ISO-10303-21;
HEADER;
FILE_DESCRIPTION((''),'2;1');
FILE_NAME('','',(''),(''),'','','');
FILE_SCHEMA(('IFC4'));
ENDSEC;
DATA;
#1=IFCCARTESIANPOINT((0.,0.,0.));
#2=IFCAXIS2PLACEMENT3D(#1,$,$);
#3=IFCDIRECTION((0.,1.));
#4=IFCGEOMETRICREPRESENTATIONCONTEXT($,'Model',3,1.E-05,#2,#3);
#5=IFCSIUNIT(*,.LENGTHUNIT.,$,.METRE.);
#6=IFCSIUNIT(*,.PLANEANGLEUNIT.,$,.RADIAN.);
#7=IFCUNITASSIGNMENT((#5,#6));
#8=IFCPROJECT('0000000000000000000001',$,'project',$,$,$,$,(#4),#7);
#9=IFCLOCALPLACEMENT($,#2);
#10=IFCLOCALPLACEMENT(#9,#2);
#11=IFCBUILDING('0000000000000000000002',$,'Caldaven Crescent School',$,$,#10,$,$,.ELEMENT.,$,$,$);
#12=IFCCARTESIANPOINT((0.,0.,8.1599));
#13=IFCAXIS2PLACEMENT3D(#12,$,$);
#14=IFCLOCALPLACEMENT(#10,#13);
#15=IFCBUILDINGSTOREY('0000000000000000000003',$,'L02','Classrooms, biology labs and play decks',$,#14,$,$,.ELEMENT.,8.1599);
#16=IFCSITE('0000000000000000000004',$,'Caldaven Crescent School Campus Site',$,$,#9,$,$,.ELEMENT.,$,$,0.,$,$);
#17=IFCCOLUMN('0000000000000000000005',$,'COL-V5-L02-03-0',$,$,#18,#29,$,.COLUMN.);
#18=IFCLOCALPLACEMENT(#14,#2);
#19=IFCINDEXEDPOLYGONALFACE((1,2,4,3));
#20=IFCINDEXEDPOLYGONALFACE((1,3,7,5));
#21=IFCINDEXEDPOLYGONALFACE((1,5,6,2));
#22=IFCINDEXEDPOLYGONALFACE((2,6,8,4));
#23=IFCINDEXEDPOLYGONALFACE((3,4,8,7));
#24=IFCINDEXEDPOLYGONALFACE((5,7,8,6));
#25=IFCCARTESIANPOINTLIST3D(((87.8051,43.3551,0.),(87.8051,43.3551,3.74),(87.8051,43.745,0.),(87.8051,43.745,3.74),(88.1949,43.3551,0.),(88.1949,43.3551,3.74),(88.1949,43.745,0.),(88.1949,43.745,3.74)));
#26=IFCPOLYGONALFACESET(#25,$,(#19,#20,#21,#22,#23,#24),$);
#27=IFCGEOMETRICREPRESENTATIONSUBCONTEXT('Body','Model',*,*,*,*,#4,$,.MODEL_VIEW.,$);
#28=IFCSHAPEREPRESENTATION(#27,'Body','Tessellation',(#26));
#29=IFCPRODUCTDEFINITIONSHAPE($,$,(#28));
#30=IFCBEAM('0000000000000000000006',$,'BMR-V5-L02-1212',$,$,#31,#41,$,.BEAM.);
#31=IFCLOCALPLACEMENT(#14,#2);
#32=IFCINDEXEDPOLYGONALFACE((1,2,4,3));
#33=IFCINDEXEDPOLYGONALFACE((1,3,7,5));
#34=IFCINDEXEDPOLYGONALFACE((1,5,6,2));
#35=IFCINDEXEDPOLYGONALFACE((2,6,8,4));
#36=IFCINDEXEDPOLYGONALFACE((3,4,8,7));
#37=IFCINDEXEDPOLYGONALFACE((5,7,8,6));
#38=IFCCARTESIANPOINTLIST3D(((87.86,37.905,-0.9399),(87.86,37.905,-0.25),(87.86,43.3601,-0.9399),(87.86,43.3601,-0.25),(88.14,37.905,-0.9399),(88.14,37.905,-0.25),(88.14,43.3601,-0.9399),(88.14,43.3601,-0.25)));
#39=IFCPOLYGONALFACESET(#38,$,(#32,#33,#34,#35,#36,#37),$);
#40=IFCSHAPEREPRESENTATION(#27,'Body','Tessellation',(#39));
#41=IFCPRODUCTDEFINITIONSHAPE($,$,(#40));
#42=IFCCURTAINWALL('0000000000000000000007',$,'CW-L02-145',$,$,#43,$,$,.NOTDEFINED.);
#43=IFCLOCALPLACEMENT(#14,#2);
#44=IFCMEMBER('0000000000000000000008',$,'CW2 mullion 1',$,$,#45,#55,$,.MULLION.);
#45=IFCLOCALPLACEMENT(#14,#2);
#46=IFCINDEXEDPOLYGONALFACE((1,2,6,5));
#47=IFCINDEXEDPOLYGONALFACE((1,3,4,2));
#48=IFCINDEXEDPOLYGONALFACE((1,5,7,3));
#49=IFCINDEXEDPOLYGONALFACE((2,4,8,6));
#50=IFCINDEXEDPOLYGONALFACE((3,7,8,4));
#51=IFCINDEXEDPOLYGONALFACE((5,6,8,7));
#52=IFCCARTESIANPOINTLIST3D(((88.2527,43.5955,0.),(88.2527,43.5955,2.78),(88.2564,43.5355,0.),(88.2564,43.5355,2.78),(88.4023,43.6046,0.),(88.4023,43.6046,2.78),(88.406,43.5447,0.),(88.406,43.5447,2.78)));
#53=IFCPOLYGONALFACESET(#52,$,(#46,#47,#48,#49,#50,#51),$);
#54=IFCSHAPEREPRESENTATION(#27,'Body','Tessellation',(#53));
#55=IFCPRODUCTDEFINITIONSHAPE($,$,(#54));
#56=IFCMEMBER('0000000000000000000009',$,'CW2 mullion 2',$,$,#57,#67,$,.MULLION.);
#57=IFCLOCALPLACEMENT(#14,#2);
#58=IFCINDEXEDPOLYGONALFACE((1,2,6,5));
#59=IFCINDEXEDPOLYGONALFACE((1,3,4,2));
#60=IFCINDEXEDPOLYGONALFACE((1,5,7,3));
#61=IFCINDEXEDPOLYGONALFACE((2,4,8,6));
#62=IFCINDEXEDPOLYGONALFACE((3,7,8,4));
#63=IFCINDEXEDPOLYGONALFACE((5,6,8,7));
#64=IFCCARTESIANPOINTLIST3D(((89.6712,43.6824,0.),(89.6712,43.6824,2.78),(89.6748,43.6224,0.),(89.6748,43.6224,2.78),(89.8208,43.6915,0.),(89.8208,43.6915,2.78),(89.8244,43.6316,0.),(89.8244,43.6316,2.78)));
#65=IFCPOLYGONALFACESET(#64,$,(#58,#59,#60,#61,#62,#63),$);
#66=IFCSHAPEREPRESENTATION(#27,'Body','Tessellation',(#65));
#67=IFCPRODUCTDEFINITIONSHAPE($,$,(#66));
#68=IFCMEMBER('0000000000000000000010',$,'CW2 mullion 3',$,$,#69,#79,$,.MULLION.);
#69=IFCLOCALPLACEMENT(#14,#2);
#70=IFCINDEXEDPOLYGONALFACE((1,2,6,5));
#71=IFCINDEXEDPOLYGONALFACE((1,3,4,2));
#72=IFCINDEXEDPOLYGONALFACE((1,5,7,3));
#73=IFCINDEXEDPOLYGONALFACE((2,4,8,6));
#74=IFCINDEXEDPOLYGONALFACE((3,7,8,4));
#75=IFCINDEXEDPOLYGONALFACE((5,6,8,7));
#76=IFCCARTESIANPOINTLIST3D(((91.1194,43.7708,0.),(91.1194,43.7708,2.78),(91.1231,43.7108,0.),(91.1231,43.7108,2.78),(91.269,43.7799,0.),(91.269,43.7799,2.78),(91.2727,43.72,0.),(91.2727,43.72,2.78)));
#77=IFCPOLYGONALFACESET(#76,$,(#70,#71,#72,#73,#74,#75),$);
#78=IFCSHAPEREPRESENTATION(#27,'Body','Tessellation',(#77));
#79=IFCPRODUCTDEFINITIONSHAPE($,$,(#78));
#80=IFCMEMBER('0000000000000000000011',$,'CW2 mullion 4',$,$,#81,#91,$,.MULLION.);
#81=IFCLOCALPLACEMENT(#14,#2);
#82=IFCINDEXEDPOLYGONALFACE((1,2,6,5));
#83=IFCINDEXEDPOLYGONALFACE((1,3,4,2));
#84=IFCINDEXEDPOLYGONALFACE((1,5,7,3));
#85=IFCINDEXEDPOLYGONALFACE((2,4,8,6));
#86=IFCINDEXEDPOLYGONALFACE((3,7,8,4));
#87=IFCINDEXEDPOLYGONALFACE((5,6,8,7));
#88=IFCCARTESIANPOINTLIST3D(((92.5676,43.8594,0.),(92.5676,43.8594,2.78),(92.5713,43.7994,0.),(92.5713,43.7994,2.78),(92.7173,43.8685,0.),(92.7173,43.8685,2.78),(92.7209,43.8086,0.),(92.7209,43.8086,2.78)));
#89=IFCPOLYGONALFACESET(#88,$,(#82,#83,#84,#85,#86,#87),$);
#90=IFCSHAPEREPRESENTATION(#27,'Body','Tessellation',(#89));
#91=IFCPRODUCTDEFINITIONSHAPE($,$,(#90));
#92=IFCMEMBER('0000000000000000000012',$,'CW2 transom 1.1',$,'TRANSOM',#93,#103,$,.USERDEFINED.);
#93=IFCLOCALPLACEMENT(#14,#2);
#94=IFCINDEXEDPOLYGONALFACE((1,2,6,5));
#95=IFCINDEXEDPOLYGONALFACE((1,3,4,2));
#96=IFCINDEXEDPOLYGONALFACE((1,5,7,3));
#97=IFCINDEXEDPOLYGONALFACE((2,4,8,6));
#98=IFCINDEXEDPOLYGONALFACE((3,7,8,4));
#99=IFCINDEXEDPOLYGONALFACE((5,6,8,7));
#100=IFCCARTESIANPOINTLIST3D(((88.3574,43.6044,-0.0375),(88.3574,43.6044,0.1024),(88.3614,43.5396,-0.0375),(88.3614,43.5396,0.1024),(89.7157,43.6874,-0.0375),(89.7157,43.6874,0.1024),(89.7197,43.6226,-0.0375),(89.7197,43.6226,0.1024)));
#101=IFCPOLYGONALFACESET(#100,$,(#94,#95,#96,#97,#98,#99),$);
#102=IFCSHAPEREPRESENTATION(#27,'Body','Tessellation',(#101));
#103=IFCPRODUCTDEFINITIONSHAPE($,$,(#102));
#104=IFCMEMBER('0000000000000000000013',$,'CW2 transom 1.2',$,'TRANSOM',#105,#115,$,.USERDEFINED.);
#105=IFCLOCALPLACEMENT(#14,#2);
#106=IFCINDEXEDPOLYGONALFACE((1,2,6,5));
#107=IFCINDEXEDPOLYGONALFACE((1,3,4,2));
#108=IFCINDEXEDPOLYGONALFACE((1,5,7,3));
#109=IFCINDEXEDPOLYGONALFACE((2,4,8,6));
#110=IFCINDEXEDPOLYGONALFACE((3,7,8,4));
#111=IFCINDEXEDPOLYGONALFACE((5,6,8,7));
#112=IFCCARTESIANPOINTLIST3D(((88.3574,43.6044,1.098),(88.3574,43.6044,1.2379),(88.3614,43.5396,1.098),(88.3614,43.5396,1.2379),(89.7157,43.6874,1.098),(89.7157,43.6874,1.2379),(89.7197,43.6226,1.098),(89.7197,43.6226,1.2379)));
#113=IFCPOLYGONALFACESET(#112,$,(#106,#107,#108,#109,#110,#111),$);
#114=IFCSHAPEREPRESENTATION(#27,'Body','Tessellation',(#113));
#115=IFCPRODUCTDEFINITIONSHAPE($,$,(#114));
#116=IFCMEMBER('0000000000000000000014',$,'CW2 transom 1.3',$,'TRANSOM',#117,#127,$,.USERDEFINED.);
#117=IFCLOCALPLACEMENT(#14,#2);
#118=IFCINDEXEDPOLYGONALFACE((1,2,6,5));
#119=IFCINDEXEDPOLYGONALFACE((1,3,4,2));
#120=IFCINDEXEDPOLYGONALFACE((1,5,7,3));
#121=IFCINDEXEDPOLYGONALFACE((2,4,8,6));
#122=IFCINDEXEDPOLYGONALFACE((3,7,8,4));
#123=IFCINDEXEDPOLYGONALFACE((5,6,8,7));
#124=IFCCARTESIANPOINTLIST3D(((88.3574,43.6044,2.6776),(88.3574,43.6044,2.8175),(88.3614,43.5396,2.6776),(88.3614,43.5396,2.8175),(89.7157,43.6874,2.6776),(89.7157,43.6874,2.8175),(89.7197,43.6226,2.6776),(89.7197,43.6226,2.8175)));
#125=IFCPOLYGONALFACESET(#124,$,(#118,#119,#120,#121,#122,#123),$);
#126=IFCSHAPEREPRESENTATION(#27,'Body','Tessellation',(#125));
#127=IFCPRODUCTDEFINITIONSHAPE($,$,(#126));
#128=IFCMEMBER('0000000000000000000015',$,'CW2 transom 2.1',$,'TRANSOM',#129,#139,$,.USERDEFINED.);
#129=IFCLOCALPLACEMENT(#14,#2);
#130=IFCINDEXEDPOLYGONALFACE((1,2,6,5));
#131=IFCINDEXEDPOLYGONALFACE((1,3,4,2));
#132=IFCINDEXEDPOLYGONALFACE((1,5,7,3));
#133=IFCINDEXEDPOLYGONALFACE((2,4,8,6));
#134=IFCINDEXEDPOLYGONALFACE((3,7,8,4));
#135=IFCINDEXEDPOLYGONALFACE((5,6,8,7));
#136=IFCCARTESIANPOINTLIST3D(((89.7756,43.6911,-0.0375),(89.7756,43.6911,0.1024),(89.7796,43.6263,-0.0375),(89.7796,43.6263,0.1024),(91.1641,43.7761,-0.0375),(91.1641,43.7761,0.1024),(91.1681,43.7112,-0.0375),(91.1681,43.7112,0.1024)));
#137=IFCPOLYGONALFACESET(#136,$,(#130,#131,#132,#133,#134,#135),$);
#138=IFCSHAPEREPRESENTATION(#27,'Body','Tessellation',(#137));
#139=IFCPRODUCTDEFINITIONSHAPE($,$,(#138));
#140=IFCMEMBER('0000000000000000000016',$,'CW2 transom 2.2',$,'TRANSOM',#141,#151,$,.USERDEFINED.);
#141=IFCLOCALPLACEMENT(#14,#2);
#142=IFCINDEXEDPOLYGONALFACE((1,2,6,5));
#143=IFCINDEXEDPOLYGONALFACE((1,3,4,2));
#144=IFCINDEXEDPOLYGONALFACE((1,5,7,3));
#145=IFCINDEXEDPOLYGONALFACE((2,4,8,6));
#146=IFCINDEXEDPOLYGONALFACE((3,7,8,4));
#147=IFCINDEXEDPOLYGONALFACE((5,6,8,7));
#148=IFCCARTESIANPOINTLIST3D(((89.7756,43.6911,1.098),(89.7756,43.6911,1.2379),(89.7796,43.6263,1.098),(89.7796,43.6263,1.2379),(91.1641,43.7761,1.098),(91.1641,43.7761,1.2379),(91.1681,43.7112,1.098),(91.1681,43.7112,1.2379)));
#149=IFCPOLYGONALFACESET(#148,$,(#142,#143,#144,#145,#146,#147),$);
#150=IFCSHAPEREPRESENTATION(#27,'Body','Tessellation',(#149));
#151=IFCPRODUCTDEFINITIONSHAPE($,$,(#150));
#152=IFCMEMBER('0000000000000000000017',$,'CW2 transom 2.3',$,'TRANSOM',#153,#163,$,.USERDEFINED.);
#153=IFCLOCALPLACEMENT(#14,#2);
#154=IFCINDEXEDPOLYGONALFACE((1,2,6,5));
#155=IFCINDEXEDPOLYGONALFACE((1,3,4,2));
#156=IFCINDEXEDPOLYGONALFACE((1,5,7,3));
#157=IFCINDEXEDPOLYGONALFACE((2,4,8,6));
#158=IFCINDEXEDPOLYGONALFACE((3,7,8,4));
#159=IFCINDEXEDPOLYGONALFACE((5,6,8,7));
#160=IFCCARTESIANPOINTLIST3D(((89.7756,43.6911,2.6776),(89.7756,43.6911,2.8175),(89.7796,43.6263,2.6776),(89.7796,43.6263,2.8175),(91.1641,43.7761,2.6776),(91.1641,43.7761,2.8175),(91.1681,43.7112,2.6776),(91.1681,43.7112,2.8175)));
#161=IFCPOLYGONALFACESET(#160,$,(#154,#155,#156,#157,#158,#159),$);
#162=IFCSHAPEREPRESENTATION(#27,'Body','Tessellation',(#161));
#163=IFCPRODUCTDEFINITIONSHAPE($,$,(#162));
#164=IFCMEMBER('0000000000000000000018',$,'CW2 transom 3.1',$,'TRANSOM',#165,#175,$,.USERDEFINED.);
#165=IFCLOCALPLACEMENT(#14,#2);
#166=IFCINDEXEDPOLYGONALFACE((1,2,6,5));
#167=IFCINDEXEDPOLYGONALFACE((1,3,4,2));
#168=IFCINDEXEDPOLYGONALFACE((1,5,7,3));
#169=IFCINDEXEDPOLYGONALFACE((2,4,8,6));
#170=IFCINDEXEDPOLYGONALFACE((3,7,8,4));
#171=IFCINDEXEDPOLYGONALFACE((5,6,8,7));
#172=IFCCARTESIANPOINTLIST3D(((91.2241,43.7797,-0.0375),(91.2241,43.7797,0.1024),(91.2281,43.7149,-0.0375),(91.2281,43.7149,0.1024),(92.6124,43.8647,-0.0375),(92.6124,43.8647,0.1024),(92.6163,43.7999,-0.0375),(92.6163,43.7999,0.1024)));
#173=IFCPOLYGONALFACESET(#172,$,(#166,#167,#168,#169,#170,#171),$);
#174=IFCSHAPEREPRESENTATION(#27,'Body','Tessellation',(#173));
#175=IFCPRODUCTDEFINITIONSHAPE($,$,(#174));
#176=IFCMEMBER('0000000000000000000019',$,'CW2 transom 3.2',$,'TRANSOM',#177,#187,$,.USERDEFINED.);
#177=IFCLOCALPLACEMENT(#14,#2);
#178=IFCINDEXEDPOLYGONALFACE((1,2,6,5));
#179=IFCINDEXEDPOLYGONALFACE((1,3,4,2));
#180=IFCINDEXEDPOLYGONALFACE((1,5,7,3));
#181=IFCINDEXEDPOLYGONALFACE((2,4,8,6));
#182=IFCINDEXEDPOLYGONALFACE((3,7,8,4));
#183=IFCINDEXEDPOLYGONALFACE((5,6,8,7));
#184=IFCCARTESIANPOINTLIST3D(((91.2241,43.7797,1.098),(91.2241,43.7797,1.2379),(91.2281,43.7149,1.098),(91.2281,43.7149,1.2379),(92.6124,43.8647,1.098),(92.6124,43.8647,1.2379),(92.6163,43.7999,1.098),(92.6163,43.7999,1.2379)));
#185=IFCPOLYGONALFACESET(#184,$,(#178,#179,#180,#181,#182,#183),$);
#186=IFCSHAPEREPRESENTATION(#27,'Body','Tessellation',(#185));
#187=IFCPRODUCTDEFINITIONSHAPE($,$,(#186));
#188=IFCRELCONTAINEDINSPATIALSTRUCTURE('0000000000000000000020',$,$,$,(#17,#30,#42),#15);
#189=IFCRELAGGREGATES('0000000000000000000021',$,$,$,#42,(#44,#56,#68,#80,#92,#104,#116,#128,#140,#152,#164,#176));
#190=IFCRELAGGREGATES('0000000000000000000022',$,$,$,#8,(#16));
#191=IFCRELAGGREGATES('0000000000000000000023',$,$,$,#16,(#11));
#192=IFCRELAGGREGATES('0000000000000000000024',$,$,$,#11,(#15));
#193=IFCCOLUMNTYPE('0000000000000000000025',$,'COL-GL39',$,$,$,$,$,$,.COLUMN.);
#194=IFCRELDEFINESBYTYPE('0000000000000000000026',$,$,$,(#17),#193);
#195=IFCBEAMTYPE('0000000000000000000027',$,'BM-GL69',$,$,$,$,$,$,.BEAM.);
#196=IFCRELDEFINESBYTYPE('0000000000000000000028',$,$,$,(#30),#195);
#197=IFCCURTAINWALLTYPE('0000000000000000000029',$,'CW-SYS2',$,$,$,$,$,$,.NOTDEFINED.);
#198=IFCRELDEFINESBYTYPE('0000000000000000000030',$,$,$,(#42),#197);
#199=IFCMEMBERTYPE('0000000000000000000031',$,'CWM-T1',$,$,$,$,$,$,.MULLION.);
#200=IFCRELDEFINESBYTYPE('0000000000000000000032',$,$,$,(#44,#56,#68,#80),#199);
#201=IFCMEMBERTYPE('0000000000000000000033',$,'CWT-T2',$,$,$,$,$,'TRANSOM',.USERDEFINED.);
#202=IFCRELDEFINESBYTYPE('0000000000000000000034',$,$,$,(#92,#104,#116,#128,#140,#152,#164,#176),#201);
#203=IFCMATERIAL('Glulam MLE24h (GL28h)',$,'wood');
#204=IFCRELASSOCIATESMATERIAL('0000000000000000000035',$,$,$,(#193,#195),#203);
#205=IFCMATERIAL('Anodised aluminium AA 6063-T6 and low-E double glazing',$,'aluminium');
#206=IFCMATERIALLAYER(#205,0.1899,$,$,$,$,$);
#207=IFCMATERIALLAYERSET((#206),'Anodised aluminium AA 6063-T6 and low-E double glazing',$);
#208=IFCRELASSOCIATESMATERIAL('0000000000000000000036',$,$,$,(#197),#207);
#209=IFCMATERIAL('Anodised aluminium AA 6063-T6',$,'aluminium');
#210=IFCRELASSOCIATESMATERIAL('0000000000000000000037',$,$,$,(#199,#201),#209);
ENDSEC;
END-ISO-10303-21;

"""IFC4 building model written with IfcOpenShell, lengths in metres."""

from ifc_helpers import new_model, si_unit, direction, frame, origin, origin_2d, place, context, subcontext, project, spatial, rectangle, extrude, material, layer, layer_set, material_profile, profile_set, type_object, element, aggregate, save


model = new_model("IFC4")

# Units and contexts
model_context = context("Model", 3, precision=1e-05, world=origin(), true_north=direction((0.0, 1.0)))
body_context = subcontext(model_context, "Body", "Model", "MODEL_VIEW")
ifc_project = project(units=[si_unit("LENGTHUNIT", "METRE"), si_unit("PLANEANGLEUNIT", "RADIAN")], contexts=[model_context])

# Site, building, storey
site_placement = place(None, origin())
site = spatial("IfcSite", under=ifc_project, at=site_placement, Name="Caldaven Crescent School Campus Site", CompositionType="ELEMENT", RefElevation=0.0)
building_placement = place(site_placement, origin())
building = spatial("IfcBuilding", under=site, at=building_placement, Name="Caldaven Crescent School", CompositionType="ELEMENT")
storey_placement = place(building_placement, frame((0.0, 0.0, 8.1599)))
storey = spatial("IfcBuildingStorey", under=building, at=storey_placement, Name="L02", Description="Classrooms, biology labs and play decks", CompositionType="ELEMENT", Elevation=8.1599)

# Column
ifc_material_1 = material(Name="Glulam MLE24h (GL28h)", Category="wood")
ifc_material_profile_1 = material_profile(ifc_material_1, rectangle(XDim=0.3899, YDim=0.3899, at=origin_2d()), Name="MLE 390x390")
ifc_profile_set_1 = profile_set([ifc_material_profile_1], Name="Glulam MLE24h (GL28h)")
column_type = type_object("IfcColumnType", Name="COL-GL39", PredefinedType="COLUMN", material=ifc_profile_set_1)
column_placement = place(storey_placement, frame((88.0, 43.55, 0.0), z_axis=(0.0, 0.0, 1.0), x_axis=(0.0, -1.0, 0.0)))
element("IfcColumn", 1, at=column_placement, inside=storey, type_object=column_type, Name="COL-V5-L02-03-0", PredefinedType="COLUMN", context=body_context, shape_type="SweptSolid", body=[
    extrude(rectangle(XDim=0.3899, YDim=0.3899, at=origin_2d()), origin(), (0.0, 0.0, 1.0), 3.74),
])

# Beam
ifc_material_profile_2 = material_profile(ifc_material_1, rectangle(XDim=0.28, YDim=0.6899, at=origin_2d()), Name="MLE 280x690")
ifc_profile_set_2 = profile_set([ifc_material_profile_2], Name="Glulam MLE24h (GL28h)")
beam_type_1 = type_object("IfcBeamType", Name="BM-GL69", PredefinedType="BEAM", material=ifc_profile_set_2)
beam_1_placement = place(storey_placement, frame((88.0, 43.3601, -0.595), z_axis=(0.0, -1.0, 0.0), x_axis=(1.0, 0.0, 0.0)))
element("IfcBeam", 2, at=beam_1_placement, inside=storey, type_object=beam_type_1, Name="BMR-V5-L02-1212", PredefinedType="BEAM", context=body_context, shape_type="SweptSolid", body=[
    extrude(rectangle(XDim=0.28, YDim=0.6899, at=origin_2d()), origin(), (0.0, 0.0, 1.0), 5.4551),
])

# Curtain wall, members
ifc_material_2 = material(Name="Anodised aluminium AA 6063-T6 and low-E double glazing", Category="aluminium")
ifc_layer_1 = layer(ifc_material_2, 0.1899)
ifc_layer_set_1 = layer_set([ifc_layer_1], Name="Anodised aluminium AA 6063-T6 and low-E double glazing")
curtain_wall_type = type_object("IfcCurtainWallType", Name="CW-SYS2", PredefinedType="NOTDEFINED", material=ifc_layer_set_1)
curtain_wall_placement = place(storey_placement, origin())
curtain_wall = element("IfcCurtainWall", 3, at=curtain_wall_placement, inside=storey, type_object=curtain_wall_type, Name="CW-L02-145", PredefinedType="NOTDEFINED")
ifc_material_3 = material(Name="Anodised aluminium AA 6063-T6", Category="aluminium")
ifc_material_profile_3 = material_profile(ifc_material_3, rectangle(XDim=0.0601, YDim=0.1499, at=origin_2d()), Name="CWM 60x150")
ifc_profile_set_3 = profile_set([ifc_material_profile_3], Name="Anodised aluminium AA 6063-T6")
member_type_1 = type_object("IfcMemberType", Name="CWM-T1", PredefinedType="MULLION", material=ifc_profile_set_3)
member_1_placement = place(storey_placement, frame((88.3293, 43.5701, 0.0), z_axis=(0.0, 0.0, 1.0), x_axis=(-0.061049, 0.998135, 0.0)))
member_1 = element("IfcMember", 4, at=member_1_placement, type_object=member_type_1, Name="CW2 mullion 1", PredefinedType="MULLION", context=body_context, shape_type="SweptSolid", body=[
    extrude(rectangle(XDim=0.0601, YDim=0.1499, at=origin_2d()), origin(), (0.0, 0.0, 1.0), 2.78),
])
member_2_placement = place(storey_placement, frame((89.7478, 43.657, 0.0), z_axis=(0.0, 0.0, 1.0), x_axis=(-0.061049, 0.998135, 0.0)))
member_2 = element("IfcMember", 5, at=member_2_placement, type_object=member_type_1, Name="CW2 mullion 2", PredefinedType="MULLION", context=body_context, shape_type="SweptSolid", body=[
    extrude(rectangle(XDim=0.0601, YDim=0.1499, at=origin_2d()), origin(), (0.0, 0.0, 1.0), 2.78),
])
member_3_placement = place(storey_placement, frame((91.196, 43.7454, 0.0), z_axis=(0.0, 0.0, 1.0), x_axis=(-0.061049, 0.998135, 0.0)))
member_3 = element("IfcMember", 6, at=member_3_placement, type_object=member_type_1, Name="CW2 mullion 3", PredefinedType="MULLION", context=body_context, shape_type="SweptSolid", body=[
    extrude(rectangle(XDim=0.0601, YDim=0.1499, at=origin_2d()), origin(), (0.0, 0.0, 1.0), 2.78),
])
member_4_placement = place(storey_placement, frame((92.6443, 43.834, 0.0), z_axis=(0.0, 0.0, 1.0), x_axis=(-0.061049, 0.998135, 0.0)))
member_4 = element("IfcMember", 7, at=member_4_placement, type_object=member_type_1, Name="CW2 mullion 4", PredefinedType="MULLION", context=body_context, shape_type="SweptSolid", body=[
    extrude(rectangle(XDim=0.0601, YDim=0.1499, at=origin_2d()), origin(), (0.0, 0.0, 1.0), 2.78),
])
ifc_material_profile_4 = material_profile(ifc_material_3, rectangle(XDim=0.0649, YDim=0.1399, at=origin_2d()), Name="CWT 65x140")
ifc_profile_set_4 = profile_set([ifc_material_profile_4], Name="Anodised aluminium AA 6063-T6")
member_type_2 = type_object("IfcMemberType", Name="CWT-T2", ElementType="TRANSOM", PredefinedType="USERDEFINED", material=ifc_profile_set_4)
member_5_placement = place(storey_placement, frame((88.3594, 43.572, 0.0325), z_axis=(0.998138, 0.060993, 0.0), x_axis=(-0.060993, 0.998138, 0.0)))
member_5 = element("IfcMember", 8, at=member_5_placement, type_object=member_type_2, Name="CW2 transom 1.1", ObjectType="TRANSOM", PredefinedType="USERDEFINED", context=body_context, shape_type="SweptSolid", body=[
    extrude(rectangle(XDim=0.0649, YDim=0.1399, at=origin_2d()), origin(), (0.0, 0.0, 1.0), 1.3608),
])
member_6_placement = place(storey_placement, frame((88.3594, 43.572, 1.168), z_axis=(0.998138, 0.060993, 0.0), x_axis=(-0.060993, 0.998138, 0.0)))
member_6 = element("IfcMember", 9, at=member_6_placement, type_object=member_type_2, Name="CW2 transom 1.2", ObjectType="TRANSOM", PredefinedType="USERDEFINED", context=body_context, shape_type="SweptSolid", body=[
    extrude(rectangle(XDim=0.0649, YDim=0.1399, at=origin_2d()), origin(), (0.0, 0.0, 1.0), 1.3608),
])
member_7_placement = place(storey_placement, frame((88.3594, 43.572, 2.7476), z_axis=(0.998138, 0.060993, 0.0), x_axis=(-0.060993, 0.998138, 0.0)))
member_7 = element("IfcMember", 10, at=member_7_placement, type_object=member_type_2, Name="CW2 transom 1.3", ObjectType="TRANSOM", PredefinedType="USERDEFINED", context=body_context, shape_type="SweptSolid", body=[
    extrude(rectangle(XDim=0.0649, YDim=0.1399, at=origin_2d()), origin(), (0.0, 0.0, 1.0), 1.3608),
])
member_8_placement = place(storey_placement, frame((89.7776, 43.6587, 0.0325), z_axis=(0.998133, 0.061078, 0.0), x_axis=(-0.061078, 0.998133, 0.0)))
member_8 = element("IfcMember", 11, at=member_8_placement, type_object=member_type_2, Name="CW2 transom 2.1", ObjectType="TRANSOM", PredefinedType="USERDEFINED", context=body_context, shape_type="SweptSolid", body=[
    extrude(rectangle(XDim=0.0649, YDim=0.1399, at=origin_2d()), origin(), (0.0, 0.0, 1.0), 1.3911),
])
member_9_placement = place(storey_placement, frame((89.7776, 43.6587, 1.168), z_axis=(0.998133, 0.061078, 0.0), x_axis=(-0.061078, 0.998133, 0.0)))
member_9 = element("IfcMember", 12, at=member_9_placement, type_object=member_type_2, Name="CW2 transom 2.2", ObjectType="TRANSOM", PredefinedType="USERDEFINED", context=body_context, shape_type="SweptSolid", body=[
    extrude(rectangle(XDim=0.0649, YDim=0.1399, at=origin_2d()), origin(), (0.0, 0.0, 1.0), 1.3911),
])
member_10_placement = place(storey_placement, frame((89.7776, 43.6587, 2.7476), z_axis=(0.998133, 0.061078, 0.0), x_axis=(-0.061078, 0.998133, 0.0)))
member_10 = element("IfcMember", 13, at=member_10_placement, type_object=member_type_2, Name="CW2 transom 2.3", ObjectType="TRANSOM", PredefinedType="USERDEFINED", context=body_context, shape_type="SweptSolid", body=[
    extrude(rectangle(XDim=0.0649, YDim=0.1399, at=origin_2d()), origin(), (0.0, 0.0, 1.0), 1.3911),
])
member_11_placement = place(storey_placement, frame((91.2261, 43.7473, 0.0325), z_axis=(0.998132, 0.061089, 0.0), x_axis=(-0.061089, 0.998132, 0.0)))
member_11 = element("IfcMember", 14, at=member_11_placement, type_object=member_type_2, Name="CW2 transom 3.1", ObjectType="TRANSOM", PredefinedType="USERDEFINED", context=body_context, shape_type="SweptSolid", body=[
    extrude(rectangle(XDim=0.0649, YDim=0.1399, at=origin_2d()), origin(), (0.0, 0.0, 1.0), 1.3909),
])
member_12_placement = place(storey_placement, frame((91.2261, 43.7473, 1.168), z_axis=(0.998132, 0.061089, 0.0), x_axis=(-0.061089, 0.998132, 0.0)))
member_12 = element("IfcMember", 15, at=member_12_placement, type_object=member_type_2, Name="CW2 transom 3.2", ObjectType="TRANSOM", PredefinedType="USERDEFINED", context=body_context, shape_type="SweptSolid", body=[
    extrude(rectangle(XDim=0.0649, YDim=0.1399, at=origin_2d()), origin(), (0.0, 0.0, 1.0), 1.3909),
])

aggregate(curtain_wall, [member_1, member_2, member_3, member_4, member_5, member_6, member_7, member_8, member_9, member_10, member_11, member_12])

save(model, "model.ifc")
